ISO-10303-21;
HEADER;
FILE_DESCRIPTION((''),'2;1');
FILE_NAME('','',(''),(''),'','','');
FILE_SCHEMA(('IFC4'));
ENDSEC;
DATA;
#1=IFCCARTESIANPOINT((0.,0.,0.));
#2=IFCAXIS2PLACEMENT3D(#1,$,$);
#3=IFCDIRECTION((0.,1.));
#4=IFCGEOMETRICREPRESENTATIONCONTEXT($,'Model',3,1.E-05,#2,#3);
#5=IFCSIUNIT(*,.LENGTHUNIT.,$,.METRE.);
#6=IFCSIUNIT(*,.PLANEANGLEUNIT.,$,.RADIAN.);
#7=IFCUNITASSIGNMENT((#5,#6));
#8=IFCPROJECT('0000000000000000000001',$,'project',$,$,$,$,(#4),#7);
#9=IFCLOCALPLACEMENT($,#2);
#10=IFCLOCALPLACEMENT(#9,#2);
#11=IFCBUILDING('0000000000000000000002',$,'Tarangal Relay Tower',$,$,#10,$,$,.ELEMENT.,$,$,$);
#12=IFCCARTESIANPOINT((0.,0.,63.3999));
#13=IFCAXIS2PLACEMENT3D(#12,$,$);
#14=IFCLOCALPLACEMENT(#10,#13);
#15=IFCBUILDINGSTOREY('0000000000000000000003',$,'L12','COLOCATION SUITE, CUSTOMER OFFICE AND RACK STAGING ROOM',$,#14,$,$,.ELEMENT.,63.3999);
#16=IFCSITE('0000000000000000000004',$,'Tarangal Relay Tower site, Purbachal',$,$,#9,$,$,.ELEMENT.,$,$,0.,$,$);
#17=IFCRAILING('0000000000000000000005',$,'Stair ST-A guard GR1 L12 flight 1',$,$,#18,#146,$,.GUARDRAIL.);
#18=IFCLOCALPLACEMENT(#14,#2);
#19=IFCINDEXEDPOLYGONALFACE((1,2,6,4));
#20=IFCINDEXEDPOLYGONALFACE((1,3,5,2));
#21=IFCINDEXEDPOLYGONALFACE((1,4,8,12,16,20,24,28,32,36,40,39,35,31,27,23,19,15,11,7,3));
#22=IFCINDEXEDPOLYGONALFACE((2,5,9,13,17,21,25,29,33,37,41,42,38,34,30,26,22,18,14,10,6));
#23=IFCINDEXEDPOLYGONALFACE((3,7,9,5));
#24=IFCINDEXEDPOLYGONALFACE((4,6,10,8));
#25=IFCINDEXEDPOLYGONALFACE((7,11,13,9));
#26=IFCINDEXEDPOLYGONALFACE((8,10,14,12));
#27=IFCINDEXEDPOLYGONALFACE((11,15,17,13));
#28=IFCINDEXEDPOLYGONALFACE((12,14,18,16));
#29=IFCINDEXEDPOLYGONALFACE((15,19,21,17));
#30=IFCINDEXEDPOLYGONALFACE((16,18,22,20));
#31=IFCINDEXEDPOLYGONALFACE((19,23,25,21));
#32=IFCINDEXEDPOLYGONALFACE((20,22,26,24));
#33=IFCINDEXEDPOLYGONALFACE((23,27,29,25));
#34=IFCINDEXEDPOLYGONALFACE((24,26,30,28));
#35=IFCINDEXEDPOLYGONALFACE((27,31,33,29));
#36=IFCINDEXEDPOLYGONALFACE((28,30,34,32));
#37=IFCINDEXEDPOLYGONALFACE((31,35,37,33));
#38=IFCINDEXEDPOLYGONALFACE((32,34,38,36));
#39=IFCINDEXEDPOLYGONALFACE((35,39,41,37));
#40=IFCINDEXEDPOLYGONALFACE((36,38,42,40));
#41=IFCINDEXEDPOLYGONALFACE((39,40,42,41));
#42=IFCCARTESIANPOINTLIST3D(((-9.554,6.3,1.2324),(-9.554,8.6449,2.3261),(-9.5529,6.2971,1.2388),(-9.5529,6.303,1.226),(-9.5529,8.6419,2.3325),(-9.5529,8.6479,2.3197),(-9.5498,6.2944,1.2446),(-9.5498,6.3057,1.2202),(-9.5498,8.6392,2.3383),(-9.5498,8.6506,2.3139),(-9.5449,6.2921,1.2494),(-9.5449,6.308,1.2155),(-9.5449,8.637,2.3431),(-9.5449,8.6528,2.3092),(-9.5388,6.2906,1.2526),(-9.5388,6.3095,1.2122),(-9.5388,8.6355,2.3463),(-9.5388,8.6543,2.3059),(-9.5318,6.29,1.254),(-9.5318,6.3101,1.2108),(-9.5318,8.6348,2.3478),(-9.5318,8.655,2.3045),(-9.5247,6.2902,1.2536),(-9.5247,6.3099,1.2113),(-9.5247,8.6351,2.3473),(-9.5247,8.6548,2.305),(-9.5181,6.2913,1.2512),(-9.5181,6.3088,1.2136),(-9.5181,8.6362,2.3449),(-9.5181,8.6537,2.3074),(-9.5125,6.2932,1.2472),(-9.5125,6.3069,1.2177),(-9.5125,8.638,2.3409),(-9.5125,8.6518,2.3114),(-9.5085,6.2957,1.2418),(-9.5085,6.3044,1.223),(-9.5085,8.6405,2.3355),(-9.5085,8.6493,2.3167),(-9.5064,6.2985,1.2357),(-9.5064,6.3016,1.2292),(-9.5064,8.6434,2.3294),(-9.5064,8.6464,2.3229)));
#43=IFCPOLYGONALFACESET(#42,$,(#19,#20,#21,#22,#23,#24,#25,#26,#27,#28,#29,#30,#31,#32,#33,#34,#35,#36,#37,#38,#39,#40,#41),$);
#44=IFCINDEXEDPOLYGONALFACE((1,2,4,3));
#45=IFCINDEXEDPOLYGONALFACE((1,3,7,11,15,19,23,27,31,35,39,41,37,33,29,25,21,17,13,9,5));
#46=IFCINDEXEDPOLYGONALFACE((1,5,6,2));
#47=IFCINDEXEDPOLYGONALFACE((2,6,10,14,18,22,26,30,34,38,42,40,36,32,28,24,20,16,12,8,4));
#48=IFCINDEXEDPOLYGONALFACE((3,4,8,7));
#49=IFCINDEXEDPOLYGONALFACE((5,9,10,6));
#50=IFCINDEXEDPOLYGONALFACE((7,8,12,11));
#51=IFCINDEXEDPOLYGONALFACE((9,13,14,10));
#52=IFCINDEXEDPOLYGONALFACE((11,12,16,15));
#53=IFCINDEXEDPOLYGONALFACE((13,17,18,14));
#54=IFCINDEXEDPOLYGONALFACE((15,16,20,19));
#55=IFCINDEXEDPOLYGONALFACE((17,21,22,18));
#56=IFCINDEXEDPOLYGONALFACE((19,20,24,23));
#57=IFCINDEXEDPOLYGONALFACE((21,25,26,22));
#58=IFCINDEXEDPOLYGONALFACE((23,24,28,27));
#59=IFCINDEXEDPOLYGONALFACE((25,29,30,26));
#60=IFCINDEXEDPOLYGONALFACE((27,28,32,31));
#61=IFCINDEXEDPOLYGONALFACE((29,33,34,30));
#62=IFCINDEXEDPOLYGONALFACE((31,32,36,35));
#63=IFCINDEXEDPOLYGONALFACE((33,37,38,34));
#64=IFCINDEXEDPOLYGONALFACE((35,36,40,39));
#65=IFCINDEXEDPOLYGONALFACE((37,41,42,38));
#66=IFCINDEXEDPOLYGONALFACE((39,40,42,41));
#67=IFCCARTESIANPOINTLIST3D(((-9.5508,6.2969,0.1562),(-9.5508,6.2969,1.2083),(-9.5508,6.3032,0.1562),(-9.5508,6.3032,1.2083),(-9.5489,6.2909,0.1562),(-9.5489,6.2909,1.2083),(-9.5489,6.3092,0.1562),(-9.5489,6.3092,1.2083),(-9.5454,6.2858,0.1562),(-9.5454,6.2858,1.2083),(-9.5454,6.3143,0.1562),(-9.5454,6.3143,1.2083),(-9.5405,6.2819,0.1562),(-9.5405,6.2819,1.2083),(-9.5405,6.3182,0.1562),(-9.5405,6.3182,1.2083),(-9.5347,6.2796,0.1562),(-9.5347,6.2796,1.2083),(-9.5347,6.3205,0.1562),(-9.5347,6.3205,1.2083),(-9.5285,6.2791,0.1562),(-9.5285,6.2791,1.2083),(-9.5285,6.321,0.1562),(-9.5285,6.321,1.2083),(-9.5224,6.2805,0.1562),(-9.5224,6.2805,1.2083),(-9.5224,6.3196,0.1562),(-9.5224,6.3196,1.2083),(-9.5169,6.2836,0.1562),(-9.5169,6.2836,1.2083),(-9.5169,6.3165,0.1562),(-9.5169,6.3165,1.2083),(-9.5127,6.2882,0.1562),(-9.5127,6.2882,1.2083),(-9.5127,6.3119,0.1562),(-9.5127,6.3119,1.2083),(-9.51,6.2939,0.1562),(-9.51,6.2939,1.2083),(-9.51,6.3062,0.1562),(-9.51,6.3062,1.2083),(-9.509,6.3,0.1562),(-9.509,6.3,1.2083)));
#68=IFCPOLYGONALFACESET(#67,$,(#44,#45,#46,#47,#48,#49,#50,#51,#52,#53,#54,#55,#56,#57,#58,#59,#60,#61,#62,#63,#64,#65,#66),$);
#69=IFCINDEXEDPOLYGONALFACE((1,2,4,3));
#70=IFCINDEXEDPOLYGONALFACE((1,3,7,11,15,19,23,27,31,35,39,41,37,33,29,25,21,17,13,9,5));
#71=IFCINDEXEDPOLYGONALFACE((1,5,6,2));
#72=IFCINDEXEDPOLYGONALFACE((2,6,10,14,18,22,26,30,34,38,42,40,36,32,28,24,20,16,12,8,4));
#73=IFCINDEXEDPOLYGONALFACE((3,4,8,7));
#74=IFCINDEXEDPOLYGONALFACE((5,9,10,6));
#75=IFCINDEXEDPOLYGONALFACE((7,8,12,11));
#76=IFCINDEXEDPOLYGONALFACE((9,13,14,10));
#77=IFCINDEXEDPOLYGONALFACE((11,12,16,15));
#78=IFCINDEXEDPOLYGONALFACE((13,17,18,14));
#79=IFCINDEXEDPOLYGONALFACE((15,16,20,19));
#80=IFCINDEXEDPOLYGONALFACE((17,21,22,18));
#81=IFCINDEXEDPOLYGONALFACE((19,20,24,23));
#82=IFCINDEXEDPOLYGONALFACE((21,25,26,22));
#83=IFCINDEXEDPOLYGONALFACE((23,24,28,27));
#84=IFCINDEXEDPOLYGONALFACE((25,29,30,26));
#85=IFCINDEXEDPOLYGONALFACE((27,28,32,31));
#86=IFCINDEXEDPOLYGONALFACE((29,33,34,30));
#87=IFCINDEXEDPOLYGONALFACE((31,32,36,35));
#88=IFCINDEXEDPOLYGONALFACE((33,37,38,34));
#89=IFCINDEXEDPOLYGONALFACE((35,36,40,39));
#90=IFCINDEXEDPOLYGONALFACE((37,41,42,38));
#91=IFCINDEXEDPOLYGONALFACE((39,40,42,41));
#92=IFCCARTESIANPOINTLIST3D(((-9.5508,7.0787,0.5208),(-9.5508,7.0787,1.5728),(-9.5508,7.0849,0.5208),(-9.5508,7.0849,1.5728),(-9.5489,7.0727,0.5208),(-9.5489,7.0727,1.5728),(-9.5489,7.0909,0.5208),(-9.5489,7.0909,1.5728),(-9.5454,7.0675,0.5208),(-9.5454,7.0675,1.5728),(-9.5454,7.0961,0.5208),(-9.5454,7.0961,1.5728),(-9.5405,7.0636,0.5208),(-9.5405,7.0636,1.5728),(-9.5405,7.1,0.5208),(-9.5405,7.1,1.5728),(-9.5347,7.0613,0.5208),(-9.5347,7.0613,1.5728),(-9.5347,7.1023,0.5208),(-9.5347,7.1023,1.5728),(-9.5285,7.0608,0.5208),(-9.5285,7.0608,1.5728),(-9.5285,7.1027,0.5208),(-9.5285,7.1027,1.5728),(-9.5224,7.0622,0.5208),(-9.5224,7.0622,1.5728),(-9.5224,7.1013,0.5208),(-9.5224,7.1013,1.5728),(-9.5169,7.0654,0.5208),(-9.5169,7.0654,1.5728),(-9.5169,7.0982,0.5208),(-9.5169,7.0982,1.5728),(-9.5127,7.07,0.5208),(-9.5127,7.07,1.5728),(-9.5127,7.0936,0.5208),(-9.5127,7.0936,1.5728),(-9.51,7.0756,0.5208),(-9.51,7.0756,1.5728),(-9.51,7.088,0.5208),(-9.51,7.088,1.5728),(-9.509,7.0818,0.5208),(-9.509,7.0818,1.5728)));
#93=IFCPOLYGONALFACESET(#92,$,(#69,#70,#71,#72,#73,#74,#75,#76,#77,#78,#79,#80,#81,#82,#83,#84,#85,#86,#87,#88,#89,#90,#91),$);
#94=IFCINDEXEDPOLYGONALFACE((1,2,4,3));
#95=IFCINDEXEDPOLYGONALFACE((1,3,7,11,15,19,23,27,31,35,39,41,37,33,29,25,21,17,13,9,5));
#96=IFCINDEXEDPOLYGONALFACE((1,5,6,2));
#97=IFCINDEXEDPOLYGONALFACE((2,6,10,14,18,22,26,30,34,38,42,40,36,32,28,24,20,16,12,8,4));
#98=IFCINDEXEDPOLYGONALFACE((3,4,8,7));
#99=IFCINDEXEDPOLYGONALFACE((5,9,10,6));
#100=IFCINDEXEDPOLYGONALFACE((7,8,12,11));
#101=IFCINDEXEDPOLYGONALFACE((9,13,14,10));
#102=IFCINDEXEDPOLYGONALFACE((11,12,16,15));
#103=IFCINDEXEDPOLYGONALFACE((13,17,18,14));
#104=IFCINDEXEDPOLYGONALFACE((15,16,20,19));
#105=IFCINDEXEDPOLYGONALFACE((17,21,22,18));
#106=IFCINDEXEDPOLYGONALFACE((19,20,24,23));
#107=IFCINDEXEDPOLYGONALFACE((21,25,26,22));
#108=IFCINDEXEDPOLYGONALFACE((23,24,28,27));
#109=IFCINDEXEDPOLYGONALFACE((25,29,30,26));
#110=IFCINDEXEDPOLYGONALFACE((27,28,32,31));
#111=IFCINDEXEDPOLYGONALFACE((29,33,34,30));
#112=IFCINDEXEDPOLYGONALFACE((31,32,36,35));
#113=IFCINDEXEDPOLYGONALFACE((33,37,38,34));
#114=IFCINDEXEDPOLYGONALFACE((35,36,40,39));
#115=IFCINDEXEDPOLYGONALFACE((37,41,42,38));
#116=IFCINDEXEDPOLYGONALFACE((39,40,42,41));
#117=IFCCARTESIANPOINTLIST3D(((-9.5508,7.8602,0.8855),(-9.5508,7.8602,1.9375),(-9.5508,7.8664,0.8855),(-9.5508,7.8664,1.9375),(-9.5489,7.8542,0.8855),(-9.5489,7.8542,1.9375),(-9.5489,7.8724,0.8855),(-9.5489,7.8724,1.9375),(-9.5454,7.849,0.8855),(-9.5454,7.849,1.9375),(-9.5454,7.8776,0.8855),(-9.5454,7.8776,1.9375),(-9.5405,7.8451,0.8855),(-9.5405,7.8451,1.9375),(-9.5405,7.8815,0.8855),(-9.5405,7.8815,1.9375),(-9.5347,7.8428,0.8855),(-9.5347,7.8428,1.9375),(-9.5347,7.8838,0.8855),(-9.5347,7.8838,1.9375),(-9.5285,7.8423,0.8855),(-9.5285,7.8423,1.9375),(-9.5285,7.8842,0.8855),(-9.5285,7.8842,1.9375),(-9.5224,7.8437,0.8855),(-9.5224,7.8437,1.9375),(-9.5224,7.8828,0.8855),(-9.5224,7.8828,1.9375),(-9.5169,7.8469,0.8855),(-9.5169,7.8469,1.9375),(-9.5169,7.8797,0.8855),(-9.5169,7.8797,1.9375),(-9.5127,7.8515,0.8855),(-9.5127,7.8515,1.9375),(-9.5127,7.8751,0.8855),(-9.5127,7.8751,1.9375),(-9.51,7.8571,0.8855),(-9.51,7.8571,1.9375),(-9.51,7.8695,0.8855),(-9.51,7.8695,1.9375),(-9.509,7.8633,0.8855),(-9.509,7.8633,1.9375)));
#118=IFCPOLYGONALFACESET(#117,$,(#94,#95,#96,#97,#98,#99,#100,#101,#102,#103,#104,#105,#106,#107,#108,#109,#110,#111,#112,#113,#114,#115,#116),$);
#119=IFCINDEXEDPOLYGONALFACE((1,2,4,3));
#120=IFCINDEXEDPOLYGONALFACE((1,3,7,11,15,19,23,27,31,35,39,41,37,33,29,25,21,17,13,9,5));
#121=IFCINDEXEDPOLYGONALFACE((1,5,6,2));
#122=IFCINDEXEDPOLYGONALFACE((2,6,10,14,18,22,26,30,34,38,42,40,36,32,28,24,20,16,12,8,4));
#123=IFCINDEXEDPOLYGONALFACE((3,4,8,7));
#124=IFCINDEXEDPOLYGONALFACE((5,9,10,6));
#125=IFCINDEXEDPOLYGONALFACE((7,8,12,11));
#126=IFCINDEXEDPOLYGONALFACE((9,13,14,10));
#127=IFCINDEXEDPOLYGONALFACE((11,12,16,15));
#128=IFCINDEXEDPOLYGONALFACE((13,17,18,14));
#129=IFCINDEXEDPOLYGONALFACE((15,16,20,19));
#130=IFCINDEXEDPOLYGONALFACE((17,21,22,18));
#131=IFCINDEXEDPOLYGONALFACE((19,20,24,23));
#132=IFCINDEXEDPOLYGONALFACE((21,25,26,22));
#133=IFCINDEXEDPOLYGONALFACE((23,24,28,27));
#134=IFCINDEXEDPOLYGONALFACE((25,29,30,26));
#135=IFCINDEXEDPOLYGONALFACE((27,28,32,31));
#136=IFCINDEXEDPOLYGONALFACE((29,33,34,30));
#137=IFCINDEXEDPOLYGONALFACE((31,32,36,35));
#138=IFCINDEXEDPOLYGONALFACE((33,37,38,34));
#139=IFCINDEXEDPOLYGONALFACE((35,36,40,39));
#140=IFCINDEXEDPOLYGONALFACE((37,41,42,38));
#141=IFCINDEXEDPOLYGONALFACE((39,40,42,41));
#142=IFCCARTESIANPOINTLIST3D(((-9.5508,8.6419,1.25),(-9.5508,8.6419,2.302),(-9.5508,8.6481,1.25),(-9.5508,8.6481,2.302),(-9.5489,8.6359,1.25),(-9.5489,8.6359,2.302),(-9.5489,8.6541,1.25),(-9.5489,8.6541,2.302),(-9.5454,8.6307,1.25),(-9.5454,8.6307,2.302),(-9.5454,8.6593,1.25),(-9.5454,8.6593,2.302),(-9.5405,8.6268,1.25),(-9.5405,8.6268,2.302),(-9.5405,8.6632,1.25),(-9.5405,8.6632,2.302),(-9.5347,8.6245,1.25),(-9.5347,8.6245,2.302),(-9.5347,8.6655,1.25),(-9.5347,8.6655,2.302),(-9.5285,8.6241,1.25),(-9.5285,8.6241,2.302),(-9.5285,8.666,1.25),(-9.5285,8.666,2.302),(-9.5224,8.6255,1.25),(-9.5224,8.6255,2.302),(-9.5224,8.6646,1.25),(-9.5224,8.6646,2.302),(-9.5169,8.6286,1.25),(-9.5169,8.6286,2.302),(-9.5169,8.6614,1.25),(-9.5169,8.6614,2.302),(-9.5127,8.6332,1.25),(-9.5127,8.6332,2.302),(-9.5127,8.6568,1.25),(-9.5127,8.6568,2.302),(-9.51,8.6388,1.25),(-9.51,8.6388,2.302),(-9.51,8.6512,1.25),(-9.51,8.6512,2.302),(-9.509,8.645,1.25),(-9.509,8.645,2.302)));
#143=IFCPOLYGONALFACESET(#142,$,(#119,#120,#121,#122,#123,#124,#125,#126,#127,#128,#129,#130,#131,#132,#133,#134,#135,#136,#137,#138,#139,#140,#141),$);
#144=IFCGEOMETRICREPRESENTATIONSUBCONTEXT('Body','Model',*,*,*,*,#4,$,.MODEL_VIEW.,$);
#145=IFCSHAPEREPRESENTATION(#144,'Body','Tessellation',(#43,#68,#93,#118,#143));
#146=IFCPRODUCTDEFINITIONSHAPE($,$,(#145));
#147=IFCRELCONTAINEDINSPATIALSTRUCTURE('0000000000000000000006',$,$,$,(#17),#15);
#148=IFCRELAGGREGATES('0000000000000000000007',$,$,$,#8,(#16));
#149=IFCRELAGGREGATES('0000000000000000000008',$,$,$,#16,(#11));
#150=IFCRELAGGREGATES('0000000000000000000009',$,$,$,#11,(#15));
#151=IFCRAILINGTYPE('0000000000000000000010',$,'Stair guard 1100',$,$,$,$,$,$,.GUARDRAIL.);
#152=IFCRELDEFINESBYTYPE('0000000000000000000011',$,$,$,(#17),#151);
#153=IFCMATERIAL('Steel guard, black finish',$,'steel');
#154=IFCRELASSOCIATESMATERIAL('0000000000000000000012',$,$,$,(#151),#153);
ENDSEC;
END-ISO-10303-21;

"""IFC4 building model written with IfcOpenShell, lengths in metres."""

from ifc_helpers import new_model, si_unit, direction, frame, origin, origin_2d, place, context, subcontext, project, spatial, circle, extrude, material, type_object, element, save


model = new_model("IFC4")

# Units and contexts
model_context = context("Model", 3, precision=1e-05, world=origin(), true_north=direction((0.0, 1.0)))
body_context = subcontext(model_context, "Body", "Model", "MODEL_VIEW")
ifc_project = project(units=[si_unit("LENGTHUNIT", "METRE"), si_unit("PLANEANGLEUNIT", "RADIAN")], contexts=[model_context])

# Site, building, storey
site_placement = place(None, origin())
site = spatial("IfcSite", under=ifc_project, at=site_placement, Name="Tarangal Relay Tower site, Purbachal", CompositionType="ELEMENT", RefElevation=0.0)
building_placement = place(site_placement, origin())
building = spatial("IfcBuilding", under=site, at=building_placement, Name="Tarangal Relay Tower", CompositionType="ELEMENT")
storey_placement = place(building_placement, frame((0.0, 0.0, 63.3999)))
storey = spatial("IfcBuildingStorey", under=building, at=storey_placement, Name="L12", Description="COLOCATION SUITE, CUSTOMER OFFICE AND RACK STAGING ROOM", CompositionType="ELEMENT", Elevation=63.3999)

# Railing
ifc_material_1 = material(Name="Steel guard, black finish", Category="steel")
railing_type_1 = type_object("IfcRailingType", Name="Stair guard 1100", PredefinedType="GUARDRAIL", material=ifc_material_1)
railing_1_placement = place(storey_placement, frame((-9.53, 6.3, 0.1562)))
element("IfcRailing", 1, at=railing_1_placement, inside=storey, type_object=railing_type_1, Name="Stair ST-A guard GR1 L12 flight 1", PredefinedType="GUARDRAIL", context=body_context, shape_type="SweptSolid", body=[
    extrude(circle(Radius=0.0239, at=origin_2d()), frame((0.0, 0.0, 1.0762), z_axis=(0.0, 0.906267, 0.422705), x_axis=(-1.0, 0.0, 0.0)), (0.0, 0.0, 1.0), 2.5874),
    extrude(circle(Radius=0.021, at=origin_2d()), origin(), (0.0, 0.0, 1.0), 1.052),
    extrude(circle(Radius=0.021, at=origin_2d()), frame((0.0, 0.7817, 0.3645)), (0.0, 0.0, 1.0), 1.052),
    extrude(circle(Radius=0.021, at=origin_2d()), frame((0.0, 1.5632, 0.7292)), (0.0, 0.0, 1.0), 1.052),
    extrude(circle(Radius=0.021, at=origin_2d()), frame((0.0, 2.345, 1.0938)), (0.0, 0.0, 1.0), 1.052),
])

save(model, "model.ifc")
